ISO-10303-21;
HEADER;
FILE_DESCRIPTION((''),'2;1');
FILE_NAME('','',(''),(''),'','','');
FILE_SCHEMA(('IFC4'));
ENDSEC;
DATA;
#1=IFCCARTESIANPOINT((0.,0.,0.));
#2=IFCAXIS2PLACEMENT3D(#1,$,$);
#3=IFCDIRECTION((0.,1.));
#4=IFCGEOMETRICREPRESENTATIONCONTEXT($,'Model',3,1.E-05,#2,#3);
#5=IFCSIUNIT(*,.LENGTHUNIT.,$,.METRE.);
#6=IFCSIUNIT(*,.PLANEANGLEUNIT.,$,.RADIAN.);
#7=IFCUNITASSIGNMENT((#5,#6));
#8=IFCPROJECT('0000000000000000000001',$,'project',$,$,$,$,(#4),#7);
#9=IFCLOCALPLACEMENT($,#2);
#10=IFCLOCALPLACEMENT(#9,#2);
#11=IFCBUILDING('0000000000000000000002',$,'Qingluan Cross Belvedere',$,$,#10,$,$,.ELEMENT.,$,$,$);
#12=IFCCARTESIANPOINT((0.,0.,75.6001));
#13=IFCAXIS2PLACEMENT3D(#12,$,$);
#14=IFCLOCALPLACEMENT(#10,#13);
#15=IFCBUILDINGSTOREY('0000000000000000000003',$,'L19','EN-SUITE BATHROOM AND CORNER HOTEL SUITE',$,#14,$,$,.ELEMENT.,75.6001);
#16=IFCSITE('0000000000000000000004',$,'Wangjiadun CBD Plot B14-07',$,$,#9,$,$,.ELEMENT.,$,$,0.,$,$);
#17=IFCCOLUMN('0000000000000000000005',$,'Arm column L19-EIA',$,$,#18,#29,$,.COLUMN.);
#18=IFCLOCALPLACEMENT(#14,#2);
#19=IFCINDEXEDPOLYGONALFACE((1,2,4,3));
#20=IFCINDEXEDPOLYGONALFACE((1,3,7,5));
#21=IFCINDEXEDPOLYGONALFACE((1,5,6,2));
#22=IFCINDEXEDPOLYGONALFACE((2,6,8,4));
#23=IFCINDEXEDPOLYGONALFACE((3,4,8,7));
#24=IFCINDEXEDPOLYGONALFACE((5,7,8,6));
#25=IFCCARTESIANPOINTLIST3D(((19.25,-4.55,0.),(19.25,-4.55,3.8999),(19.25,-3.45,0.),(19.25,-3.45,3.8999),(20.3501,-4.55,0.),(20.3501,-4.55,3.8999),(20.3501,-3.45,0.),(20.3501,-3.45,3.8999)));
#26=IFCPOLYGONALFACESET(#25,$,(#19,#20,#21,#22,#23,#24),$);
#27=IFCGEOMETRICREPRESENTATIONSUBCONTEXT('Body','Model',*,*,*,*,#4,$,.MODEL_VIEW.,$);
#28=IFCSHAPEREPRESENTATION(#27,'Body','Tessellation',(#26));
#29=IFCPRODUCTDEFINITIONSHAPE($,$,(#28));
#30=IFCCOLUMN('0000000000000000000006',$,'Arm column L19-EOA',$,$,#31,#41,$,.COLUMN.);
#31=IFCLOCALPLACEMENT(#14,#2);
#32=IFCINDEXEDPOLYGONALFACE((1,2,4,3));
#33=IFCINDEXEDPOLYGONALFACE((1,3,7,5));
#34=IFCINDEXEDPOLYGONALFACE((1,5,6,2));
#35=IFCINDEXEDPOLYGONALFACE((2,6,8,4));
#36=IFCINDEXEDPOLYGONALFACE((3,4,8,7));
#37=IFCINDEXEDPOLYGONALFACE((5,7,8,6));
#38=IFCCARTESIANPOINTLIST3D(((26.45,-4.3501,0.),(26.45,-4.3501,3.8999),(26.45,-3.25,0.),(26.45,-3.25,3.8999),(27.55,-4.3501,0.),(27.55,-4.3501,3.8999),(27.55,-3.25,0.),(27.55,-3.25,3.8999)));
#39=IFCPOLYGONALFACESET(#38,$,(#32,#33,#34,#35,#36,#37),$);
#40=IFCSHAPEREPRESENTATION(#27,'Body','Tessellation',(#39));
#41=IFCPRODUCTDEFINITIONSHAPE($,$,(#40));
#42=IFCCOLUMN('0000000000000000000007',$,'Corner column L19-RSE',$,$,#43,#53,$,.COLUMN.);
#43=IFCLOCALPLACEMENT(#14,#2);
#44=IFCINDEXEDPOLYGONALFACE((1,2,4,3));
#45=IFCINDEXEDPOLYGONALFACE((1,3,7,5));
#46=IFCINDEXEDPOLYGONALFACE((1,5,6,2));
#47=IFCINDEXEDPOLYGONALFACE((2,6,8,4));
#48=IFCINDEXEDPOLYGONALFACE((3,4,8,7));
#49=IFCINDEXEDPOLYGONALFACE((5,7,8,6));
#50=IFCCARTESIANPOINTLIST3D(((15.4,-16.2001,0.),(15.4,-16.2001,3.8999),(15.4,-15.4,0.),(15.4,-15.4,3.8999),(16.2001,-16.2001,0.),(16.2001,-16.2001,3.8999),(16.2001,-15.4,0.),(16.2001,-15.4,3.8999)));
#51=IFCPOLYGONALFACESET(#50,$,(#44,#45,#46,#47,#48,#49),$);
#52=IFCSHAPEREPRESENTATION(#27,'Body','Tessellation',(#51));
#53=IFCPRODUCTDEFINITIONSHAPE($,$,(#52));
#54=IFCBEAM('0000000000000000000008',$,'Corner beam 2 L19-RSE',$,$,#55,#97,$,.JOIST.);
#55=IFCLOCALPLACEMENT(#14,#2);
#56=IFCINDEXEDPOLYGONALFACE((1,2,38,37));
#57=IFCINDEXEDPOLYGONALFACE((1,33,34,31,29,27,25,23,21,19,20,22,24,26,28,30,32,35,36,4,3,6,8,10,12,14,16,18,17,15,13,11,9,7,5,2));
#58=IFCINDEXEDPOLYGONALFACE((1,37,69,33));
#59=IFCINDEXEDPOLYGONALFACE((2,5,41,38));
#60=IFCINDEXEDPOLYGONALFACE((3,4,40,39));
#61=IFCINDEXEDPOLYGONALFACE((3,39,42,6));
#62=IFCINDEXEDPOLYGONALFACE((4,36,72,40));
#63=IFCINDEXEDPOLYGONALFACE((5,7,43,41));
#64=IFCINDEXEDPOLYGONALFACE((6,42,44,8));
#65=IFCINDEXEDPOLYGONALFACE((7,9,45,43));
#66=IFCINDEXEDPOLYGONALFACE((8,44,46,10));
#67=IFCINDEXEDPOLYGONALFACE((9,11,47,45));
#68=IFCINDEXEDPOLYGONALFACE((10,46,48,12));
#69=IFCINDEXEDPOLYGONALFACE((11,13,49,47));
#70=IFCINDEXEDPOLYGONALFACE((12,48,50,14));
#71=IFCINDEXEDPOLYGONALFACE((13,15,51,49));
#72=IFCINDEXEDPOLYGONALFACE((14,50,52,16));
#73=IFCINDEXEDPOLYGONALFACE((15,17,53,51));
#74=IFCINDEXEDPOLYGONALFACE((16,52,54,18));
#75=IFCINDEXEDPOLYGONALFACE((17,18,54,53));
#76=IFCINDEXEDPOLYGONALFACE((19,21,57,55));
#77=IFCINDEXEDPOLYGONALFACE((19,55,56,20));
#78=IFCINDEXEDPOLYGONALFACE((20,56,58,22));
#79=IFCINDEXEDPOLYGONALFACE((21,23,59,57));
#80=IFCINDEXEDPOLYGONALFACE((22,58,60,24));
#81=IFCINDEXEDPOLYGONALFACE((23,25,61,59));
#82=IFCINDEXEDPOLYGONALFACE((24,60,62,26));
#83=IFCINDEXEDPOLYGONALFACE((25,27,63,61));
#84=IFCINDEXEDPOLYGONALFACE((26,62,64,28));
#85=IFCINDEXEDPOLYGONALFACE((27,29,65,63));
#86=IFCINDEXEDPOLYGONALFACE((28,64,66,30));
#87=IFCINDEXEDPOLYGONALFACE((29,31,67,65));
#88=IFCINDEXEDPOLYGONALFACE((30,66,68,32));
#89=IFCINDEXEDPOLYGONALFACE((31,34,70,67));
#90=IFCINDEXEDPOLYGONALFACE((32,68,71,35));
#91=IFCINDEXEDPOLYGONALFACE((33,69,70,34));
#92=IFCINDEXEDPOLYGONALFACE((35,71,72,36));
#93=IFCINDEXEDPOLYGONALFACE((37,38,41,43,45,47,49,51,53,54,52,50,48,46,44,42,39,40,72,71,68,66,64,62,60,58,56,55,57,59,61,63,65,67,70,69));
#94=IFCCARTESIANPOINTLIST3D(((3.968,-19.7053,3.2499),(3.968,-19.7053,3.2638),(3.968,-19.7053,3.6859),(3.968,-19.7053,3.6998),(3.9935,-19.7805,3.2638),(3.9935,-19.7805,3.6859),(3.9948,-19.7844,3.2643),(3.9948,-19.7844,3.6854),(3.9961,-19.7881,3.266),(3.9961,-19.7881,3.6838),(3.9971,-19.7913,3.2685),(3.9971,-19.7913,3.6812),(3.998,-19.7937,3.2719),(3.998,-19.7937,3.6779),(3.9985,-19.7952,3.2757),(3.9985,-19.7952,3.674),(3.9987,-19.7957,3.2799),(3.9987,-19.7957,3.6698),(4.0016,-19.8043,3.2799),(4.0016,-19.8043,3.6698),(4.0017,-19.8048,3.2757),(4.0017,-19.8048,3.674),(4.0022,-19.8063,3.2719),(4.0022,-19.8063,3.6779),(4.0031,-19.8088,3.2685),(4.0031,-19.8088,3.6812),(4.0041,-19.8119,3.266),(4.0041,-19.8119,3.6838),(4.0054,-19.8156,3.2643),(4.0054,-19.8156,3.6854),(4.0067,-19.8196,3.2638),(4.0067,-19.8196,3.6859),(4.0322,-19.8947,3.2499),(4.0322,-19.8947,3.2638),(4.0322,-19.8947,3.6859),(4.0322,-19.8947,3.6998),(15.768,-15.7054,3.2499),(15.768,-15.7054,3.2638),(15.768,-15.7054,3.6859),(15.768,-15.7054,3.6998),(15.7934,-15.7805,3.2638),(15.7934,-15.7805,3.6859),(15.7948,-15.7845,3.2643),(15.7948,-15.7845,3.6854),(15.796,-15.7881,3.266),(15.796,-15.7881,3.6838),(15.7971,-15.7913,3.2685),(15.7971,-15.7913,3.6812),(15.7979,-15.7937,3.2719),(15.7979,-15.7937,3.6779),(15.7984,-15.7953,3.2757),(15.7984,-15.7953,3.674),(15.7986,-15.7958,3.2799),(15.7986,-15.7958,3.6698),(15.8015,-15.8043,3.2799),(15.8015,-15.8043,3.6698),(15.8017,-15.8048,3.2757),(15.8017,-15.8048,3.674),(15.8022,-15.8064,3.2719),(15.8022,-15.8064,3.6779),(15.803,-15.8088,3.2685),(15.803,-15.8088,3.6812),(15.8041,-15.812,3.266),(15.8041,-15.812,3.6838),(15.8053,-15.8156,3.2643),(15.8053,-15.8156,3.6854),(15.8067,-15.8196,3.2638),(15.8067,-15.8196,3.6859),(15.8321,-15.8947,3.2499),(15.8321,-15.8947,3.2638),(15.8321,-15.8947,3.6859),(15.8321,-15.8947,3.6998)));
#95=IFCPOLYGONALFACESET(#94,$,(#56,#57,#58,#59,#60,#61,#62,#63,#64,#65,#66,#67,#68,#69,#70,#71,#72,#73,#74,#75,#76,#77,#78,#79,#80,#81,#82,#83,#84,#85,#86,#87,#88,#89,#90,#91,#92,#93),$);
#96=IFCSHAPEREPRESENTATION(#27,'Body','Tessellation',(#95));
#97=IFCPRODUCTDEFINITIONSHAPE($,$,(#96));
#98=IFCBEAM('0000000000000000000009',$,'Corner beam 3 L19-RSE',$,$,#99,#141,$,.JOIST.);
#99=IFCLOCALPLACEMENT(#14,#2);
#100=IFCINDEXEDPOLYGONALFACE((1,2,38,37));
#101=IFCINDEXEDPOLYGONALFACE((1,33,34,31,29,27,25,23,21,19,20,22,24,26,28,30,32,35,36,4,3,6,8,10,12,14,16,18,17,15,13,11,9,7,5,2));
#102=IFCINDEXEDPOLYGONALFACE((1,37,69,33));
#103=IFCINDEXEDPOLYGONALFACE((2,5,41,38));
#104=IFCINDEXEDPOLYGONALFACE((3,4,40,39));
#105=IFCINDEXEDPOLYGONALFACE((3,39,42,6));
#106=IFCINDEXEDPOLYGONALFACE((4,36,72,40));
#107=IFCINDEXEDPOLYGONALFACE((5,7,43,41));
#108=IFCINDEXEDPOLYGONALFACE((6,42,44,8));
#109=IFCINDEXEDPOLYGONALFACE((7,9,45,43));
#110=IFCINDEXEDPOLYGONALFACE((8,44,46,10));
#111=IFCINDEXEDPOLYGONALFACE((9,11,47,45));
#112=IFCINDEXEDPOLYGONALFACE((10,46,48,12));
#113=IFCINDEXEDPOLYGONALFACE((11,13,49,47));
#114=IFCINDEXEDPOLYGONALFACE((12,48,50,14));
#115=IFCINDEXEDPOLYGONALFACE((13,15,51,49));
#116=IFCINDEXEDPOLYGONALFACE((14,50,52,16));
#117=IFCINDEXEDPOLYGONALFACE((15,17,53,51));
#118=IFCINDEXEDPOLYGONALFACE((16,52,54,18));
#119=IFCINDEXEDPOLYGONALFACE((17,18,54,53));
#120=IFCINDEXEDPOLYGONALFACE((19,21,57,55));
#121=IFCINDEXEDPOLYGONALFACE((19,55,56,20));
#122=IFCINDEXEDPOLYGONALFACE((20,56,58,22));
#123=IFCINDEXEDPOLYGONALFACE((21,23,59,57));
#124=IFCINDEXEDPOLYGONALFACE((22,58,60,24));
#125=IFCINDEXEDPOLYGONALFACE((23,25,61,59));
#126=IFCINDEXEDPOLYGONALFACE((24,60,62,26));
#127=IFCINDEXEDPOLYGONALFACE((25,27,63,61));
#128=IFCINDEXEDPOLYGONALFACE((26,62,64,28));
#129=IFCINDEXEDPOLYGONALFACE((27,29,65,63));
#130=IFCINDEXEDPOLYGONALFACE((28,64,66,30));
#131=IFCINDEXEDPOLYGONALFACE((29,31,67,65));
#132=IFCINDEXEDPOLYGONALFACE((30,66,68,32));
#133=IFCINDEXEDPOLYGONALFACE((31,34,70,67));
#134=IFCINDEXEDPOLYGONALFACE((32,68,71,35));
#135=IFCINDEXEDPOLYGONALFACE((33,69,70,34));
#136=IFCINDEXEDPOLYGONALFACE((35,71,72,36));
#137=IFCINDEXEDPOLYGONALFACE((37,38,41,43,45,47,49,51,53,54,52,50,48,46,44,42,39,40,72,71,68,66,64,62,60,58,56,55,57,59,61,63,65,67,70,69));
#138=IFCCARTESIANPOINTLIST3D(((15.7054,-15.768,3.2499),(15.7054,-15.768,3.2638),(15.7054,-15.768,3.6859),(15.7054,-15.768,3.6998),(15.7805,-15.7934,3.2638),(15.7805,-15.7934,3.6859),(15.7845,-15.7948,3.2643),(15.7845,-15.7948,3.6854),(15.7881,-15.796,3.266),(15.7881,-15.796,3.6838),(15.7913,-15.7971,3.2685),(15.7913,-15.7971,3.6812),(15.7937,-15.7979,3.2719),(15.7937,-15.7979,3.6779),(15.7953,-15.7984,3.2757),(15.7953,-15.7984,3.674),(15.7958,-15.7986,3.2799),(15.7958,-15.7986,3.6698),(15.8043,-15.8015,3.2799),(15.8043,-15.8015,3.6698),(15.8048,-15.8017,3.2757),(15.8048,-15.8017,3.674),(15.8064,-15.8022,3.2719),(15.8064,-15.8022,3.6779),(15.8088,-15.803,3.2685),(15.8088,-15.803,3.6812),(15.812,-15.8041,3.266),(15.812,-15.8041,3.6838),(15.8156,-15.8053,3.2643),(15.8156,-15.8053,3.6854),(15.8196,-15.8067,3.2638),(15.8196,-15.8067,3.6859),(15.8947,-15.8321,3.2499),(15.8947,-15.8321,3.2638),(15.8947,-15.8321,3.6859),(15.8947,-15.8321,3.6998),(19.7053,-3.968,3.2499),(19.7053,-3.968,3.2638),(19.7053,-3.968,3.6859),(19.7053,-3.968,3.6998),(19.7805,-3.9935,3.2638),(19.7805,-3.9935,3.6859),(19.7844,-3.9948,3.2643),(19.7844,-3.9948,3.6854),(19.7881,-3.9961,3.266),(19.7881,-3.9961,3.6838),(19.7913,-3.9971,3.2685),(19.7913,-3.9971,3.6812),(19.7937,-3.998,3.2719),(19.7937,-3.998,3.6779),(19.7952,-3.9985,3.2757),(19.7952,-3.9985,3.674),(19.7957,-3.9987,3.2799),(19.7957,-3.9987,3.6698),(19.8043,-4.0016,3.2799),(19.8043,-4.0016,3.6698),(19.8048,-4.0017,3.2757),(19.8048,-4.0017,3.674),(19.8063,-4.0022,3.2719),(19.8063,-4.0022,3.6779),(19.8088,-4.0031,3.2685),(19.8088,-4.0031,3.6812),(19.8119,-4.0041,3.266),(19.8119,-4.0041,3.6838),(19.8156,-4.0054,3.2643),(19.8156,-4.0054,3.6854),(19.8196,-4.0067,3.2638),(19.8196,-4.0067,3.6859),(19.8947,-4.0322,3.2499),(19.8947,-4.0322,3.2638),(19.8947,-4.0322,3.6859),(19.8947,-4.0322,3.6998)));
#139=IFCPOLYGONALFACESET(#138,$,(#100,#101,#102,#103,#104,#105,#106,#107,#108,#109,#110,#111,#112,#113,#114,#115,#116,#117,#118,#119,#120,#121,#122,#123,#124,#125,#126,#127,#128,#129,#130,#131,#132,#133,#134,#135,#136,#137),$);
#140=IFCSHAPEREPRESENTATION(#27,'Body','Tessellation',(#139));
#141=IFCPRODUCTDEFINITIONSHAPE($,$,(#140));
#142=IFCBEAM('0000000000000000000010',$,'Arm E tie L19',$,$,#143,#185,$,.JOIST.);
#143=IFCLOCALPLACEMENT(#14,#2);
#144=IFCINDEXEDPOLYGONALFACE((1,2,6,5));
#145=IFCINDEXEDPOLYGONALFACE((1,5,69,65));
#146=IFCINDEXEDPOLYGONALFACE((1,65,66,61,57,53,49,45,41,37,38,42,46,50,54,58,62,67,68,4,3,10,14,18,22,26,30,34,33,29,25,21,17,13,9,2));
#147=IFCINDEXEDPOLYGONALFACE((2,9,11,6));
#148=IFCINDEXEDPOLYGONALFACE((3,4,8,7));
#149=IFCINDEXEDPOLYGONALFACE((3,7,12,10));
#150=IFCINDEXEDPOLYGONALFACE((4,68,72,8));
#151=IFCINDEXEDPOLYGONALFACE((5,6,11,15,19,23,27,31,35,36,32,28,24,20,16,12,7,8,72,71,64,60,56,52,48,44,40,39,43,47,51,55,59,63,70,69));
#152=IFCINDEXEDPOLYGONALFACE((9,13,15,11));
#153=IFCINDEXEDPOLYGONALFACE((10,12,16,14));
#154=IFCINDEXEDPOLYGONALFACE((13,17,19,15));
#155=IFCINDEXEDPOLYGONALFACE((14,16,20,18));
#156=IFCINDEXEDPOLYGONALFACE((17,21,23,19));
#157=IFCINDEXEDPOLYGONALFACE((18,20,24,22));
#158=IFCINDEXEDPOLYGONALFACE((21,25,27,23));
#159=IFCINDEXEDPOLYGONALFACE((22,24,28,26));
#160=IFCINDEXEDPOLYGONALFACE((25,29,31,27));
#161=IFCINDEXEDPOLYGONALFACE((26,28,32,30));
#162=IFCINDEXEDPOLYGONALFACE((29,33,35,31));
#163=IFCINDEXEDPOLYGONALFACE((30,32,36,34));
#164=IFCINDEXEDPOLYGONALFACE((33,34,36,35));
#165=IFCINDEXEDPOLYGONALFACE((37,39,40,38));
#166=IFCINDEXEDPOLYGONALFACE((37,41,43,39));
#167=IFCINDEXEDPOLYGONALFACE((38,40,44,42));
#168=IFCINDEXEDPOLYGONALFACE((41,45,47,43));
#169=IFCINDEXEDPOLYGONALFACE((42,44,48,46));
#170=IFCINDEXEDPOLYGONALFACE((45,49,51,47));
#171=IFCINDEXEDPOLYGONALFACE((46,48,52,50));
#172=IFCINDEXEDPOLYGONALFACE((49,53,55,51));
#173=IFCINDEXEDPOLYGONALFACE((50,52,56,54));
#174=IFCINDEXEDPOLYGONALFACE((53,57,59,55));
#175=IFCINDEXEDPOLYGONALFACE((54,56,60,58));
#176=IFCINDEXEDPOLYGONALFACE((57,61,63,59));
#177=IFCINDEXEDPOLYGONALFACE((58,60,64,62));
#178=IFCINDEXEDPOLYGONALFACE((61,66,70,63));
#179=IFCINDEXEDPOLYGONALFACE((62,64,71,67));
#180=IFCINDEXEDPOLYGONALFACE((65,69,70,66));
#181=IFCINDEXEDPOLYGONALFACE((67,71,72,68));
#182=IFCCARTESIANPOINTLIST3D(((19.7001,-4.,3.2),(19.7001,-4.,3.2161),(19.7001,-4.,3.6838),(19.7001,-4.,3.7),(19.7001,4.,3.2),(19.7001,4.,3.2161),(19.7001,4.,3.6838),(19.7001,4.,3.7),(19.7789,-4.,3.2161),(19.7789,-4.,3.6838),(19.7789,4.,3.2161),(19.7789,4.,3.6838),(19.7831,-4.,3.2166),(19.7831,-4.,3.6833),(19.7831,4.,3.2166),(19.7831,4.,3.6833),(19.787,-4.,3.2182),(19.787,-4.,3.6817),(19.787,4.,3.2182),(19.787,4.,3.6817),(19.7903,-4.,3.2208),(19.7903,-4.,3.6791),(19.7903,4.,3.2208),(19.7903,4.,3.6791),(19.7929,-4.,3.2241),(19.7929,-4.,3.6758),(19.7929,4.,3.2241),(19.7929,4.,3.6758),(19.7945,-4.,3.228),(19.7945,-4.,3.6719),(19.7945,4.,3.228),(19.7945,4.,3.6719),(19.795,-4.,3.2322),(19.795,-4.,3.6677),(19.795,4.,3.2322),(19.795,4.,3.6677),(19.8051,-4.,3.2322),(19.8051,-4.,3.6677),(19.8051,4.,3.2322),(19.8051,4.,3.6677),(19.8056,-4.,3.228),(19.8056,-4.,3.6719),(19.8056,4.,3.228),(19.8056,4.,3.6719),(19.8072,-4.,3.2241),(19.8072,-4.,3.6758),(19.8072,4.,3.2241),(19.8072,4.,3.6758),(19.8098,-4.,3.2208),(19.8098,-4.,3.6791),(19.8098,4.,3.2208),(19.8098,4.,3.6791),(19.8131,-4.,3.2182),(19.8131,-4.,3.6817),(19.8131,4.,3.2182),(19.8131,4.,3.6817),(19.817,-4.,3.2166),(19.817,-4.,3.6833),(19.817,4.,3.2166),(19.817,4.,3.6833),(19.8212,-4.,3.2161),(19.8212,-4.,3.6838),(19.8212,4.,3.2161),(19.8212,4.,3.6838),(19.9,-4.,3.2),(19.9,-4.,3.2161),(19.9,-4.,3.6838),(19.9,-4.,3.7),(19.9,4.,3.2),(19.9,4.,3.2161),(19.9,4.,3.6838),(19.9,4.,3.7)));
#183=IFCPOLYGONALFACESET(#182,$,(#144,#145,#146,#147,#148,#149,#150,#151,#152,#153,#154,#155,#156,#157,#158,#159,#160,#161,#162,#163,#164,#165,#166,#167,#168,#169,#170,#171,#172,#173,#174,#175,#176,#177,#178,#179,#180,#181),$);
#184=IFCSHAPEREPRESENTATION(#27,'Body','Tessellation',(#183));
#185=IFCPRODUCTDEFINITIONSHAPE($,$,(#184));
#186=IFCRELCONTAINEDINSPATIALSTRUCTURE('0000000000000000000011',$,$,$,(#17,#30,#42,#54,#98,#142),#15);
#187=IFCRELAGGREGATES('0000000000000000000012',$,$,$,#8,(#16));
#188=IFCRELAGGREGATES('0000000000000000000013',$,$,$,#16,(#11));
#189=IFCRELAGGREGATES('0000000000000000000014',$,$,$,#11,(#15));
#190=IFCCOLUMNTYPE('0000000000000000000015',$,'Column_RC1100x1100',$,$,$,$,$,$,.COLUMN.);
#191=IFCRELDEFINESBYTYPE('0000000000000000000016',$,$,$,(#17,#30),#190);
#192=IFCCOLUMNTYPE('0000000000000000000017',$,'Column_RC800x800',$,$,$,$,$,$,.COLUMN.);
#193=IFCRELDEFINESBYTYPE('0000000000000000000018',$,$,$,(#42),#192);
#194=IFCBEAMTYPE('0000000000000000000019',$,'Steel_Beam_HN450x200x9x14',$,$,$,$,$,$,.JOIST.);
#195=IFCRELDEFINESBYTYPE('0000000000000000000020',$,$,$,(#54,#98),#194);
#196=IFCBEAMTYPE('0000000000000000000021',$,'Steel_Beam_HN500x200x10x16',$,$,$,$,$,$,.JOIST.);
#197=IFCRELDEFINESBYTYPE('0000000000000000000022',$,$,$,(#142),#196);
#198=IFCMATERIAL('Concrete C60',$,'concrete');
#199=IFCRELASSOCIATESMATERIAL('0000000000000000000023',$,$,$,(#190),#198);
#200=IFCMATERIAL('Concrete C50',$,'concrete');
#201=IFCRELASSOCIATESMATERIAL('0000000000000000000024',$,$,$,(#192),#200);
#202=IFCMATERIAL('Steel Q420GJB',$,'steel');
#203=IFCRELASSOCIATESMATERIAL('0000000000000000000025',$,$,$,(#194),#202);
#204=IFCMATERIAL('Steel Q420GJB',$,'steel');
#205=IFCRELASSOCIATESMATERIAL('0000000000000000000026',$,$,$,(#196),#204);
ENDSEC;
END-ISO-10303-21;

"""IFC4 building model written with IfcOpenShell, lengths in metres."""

from ifc_helpers import new_model, si_unit, direction, frame, origin, origin_2d, place, context, subcontext, project, spatial, rectangle, i_section, extrude, material, material_profile, profile_set, type_object, element, save


model = new_model("IFC4")

# Units and contexts
model_context = context("Model", 3, precision=1e-05, world=origin(), true_north=direction((0.0, 1.0)))
body_context = subcontext(model_context, "Body", "Model", "MODEL_VIEW")
ifc_project = project(units=[si_unit("LENGTHUNIT", "METRE"), si_unit("PLANEANGLEUNIT", "RADIAN")], contexts=[model_context])

# Site, building, storey
site_placement = place(None, origin())
site = spatial("IfcSite", under=ifc_project, at=site_placement, Name="Wangjiadun CBD Plot B14-07", CompositionType="ELEMENT", RefElevation=0.0)
building_placement = place(site_placement, origin())
building = spatial("IfcBuilding", under=site, at=building_placement, Name="Qingluan Cross Belvedere", CompositionType="ELEMENT")
storey_placement = place(building_placement, frame((0.0, 0.0, 75.6001)))
storey = spatial("IfcBuildingStorey", under=building, at=storey_placement, Name="L19", Description="EN-SUITE BATHROOM AND CORNER HOTEL SUITE", CompositionType="ELEMENT", Elevation=75.6001)

# Columns
ifc_material_1 = material(Name="Concrete C60", Category="concrete")
ifc_material_profile_1 = material_profile(ifc_material_1, rectangle(XDim=1.1001, YDim=1.1001, at=origin_2d()), Name="RC1100x1100")
ifc_profile_set_1 = profile_set([ifc_material_profile_1], Name="Concrete C60")
column_type_1 = type_object("IfcColumnType", Name="Column_RC1100x1100", PredefinedType="COLUMN", material=ifc_profile_set_1)
for number, where, z_axis, x_axis, name in (
    (1, (19.8, -4.0, 0.0), (0.0, 0.0, 1.0), (1.0, 0.0, 0.0), "Arm column L19-EIA"),
    (2, (27.0, -3.8, 0.0), (0.0, 0.0, 1.0), (1.0, 0.0, 0.0), "Arm column L19-EOA"),
):
    element("IfcColumn", number, at=place(storey_placement, frame(where, z_axis=z_axis, x_axis=x_axis)), inside=storey, type_object=column_type_1, Name=name, PredefinedType="COLUMN", context=body_context, shape_type="SweptSolid", body=[
        extrude(rectangle(XDim=1.1001, YDim=1.1001, at=origin_2d()), origin(), (0.0, 0.0, 1.0), 3.8999),
    ])
ifc_material_2 = material(Name="Concrete C50", Category="concrete")
ifc_material_profile_2 = material_profile(ifc_material_2, rectangle(XDim=0.8, YDim=0.8, at=origin_2d()), Name="RC800x800")
ifc_profile_set_2 = profile_set([ifc_material_profile_2], Name="Concrete C50")
column_type_2 = type_object("IfcColumnType", Name="Column_RC800x800", PredefinedType="COLUMN", material=ifc_profile_set_2)
column_placement = place(storey_placement, frame((15.8, -15.8, 0.0), z_axis=(0.0, 0.0, 1.0), x_axis=(1.0, 0.0, 0.0)))
element("IfcColumn", 3, at=column_placement, inside=storey, type_object=column_type_2, Name="Corner column L19-RSE", PredefinedType="COLUMN", context=body_context, shape_type="SweptSolid", body=[
    extrude(rectangle(XDim=0.8, YDim=0.8, at=origin_2d()), origin(), (0.0, 0.0, 1.0), 3.8999),
])

# Beams
ifc_material_3 = material(Name="Steel Q420GJB", Category="steel")
ifc_material_profile_3 = material_profile(ifc_material_3, i_section(OverallWidth=0.2, OverallDepth=0.45, WebThickness=0.009, FlangeThickness=0.0139, FilletRadius=0.0161, at=origin_2d()), Name="HN450x200x9x14")
ifc_profile_set_3 = profile_set([ifc_material_profile_3], Name="Steel Q420GJB")
beam_type_1 = type_object("IfcBeamType", Name="Steel_Beam_HN450x200x9x14", PredefinedType="JOIST", material=ifc_profile_set_3)
for number, where, z_axis, x_axis, name in (
    (4, (15.8, -15.8, 3.4749), (-0.947066, -0.321038, 0.0), (0.321038, -0.947066, 0.0), "Corner beam 2 L19-RSE"),
    (5, (15.8, -15.8, 3.4749), (0.321038, 0.947066, 0.0), (-0.947066, 0.321038, 0.0), "Corner beam 3 L19-RSE"),
):
    element("IfcBeam", number, at=place(storey_placement, frame(where, z_axis=z_axis, x_axis=x_axis)), inside=storey, type_object=beam_type_1, Name=name, PredefinedType="JOIST", context=body_context, shape_type="SweptSolid", body=[
        extrude(i_section(OverallWidth=0.2, OverallDepth=0.45, WebThickness=0.009, FlangeThickness=0.0139, FilletRadius=0.0161, at=origin_2d()), origin(), (0.0, 0.0, 1.0), 12.4595),
    ])
ifc_material_4 = material(Name="Steel Q420GJB", Category="steel")
ifc_material_profile_4 = material_profile(ifc_material_4, i_section(OverallWidth=0.2, OverallDepth=0.5, WebThickness=0.01, FlangeThickness=0.0161, FilletRadius=0.0161, at=origin_2d()), Name="HN500x200x10x16")
ifc_profile_set_4 = profile_set([ifc_material_profile_4], Name="Steel Q420GJB")
beam_type_2 = type_object("IfcBeamType", Name="Steel_Beam_HN500x200x10x16", PredefinedType="JOIST", material=ifc_profile_set_4)
beam_1_placement = place(storey_placement, frame((19.8, -4.0, 3.45), z_axis=(0.0, 1.0, 0.0), x_axis=(-1.0, 0.0, 0.0)))
element("IfcBeam", 6, at=beam_1_placement, inside=storey, type_object=beam_type_2, Name="Arm E tie L19", PredefinedType="JOIST", context=body_context, shape_type="SweptSolid", body=[
    extrude(i_section(OverallWidth=0.2, OverallDepth=0.5, WebThickness=0.01, FlangeThickness=0.0161, FilletRadius=0.0161, at=origin_2d()), origin(), (0.0, 0.0, 1.0), 8.0),
])

save(model, "model.ifc")
